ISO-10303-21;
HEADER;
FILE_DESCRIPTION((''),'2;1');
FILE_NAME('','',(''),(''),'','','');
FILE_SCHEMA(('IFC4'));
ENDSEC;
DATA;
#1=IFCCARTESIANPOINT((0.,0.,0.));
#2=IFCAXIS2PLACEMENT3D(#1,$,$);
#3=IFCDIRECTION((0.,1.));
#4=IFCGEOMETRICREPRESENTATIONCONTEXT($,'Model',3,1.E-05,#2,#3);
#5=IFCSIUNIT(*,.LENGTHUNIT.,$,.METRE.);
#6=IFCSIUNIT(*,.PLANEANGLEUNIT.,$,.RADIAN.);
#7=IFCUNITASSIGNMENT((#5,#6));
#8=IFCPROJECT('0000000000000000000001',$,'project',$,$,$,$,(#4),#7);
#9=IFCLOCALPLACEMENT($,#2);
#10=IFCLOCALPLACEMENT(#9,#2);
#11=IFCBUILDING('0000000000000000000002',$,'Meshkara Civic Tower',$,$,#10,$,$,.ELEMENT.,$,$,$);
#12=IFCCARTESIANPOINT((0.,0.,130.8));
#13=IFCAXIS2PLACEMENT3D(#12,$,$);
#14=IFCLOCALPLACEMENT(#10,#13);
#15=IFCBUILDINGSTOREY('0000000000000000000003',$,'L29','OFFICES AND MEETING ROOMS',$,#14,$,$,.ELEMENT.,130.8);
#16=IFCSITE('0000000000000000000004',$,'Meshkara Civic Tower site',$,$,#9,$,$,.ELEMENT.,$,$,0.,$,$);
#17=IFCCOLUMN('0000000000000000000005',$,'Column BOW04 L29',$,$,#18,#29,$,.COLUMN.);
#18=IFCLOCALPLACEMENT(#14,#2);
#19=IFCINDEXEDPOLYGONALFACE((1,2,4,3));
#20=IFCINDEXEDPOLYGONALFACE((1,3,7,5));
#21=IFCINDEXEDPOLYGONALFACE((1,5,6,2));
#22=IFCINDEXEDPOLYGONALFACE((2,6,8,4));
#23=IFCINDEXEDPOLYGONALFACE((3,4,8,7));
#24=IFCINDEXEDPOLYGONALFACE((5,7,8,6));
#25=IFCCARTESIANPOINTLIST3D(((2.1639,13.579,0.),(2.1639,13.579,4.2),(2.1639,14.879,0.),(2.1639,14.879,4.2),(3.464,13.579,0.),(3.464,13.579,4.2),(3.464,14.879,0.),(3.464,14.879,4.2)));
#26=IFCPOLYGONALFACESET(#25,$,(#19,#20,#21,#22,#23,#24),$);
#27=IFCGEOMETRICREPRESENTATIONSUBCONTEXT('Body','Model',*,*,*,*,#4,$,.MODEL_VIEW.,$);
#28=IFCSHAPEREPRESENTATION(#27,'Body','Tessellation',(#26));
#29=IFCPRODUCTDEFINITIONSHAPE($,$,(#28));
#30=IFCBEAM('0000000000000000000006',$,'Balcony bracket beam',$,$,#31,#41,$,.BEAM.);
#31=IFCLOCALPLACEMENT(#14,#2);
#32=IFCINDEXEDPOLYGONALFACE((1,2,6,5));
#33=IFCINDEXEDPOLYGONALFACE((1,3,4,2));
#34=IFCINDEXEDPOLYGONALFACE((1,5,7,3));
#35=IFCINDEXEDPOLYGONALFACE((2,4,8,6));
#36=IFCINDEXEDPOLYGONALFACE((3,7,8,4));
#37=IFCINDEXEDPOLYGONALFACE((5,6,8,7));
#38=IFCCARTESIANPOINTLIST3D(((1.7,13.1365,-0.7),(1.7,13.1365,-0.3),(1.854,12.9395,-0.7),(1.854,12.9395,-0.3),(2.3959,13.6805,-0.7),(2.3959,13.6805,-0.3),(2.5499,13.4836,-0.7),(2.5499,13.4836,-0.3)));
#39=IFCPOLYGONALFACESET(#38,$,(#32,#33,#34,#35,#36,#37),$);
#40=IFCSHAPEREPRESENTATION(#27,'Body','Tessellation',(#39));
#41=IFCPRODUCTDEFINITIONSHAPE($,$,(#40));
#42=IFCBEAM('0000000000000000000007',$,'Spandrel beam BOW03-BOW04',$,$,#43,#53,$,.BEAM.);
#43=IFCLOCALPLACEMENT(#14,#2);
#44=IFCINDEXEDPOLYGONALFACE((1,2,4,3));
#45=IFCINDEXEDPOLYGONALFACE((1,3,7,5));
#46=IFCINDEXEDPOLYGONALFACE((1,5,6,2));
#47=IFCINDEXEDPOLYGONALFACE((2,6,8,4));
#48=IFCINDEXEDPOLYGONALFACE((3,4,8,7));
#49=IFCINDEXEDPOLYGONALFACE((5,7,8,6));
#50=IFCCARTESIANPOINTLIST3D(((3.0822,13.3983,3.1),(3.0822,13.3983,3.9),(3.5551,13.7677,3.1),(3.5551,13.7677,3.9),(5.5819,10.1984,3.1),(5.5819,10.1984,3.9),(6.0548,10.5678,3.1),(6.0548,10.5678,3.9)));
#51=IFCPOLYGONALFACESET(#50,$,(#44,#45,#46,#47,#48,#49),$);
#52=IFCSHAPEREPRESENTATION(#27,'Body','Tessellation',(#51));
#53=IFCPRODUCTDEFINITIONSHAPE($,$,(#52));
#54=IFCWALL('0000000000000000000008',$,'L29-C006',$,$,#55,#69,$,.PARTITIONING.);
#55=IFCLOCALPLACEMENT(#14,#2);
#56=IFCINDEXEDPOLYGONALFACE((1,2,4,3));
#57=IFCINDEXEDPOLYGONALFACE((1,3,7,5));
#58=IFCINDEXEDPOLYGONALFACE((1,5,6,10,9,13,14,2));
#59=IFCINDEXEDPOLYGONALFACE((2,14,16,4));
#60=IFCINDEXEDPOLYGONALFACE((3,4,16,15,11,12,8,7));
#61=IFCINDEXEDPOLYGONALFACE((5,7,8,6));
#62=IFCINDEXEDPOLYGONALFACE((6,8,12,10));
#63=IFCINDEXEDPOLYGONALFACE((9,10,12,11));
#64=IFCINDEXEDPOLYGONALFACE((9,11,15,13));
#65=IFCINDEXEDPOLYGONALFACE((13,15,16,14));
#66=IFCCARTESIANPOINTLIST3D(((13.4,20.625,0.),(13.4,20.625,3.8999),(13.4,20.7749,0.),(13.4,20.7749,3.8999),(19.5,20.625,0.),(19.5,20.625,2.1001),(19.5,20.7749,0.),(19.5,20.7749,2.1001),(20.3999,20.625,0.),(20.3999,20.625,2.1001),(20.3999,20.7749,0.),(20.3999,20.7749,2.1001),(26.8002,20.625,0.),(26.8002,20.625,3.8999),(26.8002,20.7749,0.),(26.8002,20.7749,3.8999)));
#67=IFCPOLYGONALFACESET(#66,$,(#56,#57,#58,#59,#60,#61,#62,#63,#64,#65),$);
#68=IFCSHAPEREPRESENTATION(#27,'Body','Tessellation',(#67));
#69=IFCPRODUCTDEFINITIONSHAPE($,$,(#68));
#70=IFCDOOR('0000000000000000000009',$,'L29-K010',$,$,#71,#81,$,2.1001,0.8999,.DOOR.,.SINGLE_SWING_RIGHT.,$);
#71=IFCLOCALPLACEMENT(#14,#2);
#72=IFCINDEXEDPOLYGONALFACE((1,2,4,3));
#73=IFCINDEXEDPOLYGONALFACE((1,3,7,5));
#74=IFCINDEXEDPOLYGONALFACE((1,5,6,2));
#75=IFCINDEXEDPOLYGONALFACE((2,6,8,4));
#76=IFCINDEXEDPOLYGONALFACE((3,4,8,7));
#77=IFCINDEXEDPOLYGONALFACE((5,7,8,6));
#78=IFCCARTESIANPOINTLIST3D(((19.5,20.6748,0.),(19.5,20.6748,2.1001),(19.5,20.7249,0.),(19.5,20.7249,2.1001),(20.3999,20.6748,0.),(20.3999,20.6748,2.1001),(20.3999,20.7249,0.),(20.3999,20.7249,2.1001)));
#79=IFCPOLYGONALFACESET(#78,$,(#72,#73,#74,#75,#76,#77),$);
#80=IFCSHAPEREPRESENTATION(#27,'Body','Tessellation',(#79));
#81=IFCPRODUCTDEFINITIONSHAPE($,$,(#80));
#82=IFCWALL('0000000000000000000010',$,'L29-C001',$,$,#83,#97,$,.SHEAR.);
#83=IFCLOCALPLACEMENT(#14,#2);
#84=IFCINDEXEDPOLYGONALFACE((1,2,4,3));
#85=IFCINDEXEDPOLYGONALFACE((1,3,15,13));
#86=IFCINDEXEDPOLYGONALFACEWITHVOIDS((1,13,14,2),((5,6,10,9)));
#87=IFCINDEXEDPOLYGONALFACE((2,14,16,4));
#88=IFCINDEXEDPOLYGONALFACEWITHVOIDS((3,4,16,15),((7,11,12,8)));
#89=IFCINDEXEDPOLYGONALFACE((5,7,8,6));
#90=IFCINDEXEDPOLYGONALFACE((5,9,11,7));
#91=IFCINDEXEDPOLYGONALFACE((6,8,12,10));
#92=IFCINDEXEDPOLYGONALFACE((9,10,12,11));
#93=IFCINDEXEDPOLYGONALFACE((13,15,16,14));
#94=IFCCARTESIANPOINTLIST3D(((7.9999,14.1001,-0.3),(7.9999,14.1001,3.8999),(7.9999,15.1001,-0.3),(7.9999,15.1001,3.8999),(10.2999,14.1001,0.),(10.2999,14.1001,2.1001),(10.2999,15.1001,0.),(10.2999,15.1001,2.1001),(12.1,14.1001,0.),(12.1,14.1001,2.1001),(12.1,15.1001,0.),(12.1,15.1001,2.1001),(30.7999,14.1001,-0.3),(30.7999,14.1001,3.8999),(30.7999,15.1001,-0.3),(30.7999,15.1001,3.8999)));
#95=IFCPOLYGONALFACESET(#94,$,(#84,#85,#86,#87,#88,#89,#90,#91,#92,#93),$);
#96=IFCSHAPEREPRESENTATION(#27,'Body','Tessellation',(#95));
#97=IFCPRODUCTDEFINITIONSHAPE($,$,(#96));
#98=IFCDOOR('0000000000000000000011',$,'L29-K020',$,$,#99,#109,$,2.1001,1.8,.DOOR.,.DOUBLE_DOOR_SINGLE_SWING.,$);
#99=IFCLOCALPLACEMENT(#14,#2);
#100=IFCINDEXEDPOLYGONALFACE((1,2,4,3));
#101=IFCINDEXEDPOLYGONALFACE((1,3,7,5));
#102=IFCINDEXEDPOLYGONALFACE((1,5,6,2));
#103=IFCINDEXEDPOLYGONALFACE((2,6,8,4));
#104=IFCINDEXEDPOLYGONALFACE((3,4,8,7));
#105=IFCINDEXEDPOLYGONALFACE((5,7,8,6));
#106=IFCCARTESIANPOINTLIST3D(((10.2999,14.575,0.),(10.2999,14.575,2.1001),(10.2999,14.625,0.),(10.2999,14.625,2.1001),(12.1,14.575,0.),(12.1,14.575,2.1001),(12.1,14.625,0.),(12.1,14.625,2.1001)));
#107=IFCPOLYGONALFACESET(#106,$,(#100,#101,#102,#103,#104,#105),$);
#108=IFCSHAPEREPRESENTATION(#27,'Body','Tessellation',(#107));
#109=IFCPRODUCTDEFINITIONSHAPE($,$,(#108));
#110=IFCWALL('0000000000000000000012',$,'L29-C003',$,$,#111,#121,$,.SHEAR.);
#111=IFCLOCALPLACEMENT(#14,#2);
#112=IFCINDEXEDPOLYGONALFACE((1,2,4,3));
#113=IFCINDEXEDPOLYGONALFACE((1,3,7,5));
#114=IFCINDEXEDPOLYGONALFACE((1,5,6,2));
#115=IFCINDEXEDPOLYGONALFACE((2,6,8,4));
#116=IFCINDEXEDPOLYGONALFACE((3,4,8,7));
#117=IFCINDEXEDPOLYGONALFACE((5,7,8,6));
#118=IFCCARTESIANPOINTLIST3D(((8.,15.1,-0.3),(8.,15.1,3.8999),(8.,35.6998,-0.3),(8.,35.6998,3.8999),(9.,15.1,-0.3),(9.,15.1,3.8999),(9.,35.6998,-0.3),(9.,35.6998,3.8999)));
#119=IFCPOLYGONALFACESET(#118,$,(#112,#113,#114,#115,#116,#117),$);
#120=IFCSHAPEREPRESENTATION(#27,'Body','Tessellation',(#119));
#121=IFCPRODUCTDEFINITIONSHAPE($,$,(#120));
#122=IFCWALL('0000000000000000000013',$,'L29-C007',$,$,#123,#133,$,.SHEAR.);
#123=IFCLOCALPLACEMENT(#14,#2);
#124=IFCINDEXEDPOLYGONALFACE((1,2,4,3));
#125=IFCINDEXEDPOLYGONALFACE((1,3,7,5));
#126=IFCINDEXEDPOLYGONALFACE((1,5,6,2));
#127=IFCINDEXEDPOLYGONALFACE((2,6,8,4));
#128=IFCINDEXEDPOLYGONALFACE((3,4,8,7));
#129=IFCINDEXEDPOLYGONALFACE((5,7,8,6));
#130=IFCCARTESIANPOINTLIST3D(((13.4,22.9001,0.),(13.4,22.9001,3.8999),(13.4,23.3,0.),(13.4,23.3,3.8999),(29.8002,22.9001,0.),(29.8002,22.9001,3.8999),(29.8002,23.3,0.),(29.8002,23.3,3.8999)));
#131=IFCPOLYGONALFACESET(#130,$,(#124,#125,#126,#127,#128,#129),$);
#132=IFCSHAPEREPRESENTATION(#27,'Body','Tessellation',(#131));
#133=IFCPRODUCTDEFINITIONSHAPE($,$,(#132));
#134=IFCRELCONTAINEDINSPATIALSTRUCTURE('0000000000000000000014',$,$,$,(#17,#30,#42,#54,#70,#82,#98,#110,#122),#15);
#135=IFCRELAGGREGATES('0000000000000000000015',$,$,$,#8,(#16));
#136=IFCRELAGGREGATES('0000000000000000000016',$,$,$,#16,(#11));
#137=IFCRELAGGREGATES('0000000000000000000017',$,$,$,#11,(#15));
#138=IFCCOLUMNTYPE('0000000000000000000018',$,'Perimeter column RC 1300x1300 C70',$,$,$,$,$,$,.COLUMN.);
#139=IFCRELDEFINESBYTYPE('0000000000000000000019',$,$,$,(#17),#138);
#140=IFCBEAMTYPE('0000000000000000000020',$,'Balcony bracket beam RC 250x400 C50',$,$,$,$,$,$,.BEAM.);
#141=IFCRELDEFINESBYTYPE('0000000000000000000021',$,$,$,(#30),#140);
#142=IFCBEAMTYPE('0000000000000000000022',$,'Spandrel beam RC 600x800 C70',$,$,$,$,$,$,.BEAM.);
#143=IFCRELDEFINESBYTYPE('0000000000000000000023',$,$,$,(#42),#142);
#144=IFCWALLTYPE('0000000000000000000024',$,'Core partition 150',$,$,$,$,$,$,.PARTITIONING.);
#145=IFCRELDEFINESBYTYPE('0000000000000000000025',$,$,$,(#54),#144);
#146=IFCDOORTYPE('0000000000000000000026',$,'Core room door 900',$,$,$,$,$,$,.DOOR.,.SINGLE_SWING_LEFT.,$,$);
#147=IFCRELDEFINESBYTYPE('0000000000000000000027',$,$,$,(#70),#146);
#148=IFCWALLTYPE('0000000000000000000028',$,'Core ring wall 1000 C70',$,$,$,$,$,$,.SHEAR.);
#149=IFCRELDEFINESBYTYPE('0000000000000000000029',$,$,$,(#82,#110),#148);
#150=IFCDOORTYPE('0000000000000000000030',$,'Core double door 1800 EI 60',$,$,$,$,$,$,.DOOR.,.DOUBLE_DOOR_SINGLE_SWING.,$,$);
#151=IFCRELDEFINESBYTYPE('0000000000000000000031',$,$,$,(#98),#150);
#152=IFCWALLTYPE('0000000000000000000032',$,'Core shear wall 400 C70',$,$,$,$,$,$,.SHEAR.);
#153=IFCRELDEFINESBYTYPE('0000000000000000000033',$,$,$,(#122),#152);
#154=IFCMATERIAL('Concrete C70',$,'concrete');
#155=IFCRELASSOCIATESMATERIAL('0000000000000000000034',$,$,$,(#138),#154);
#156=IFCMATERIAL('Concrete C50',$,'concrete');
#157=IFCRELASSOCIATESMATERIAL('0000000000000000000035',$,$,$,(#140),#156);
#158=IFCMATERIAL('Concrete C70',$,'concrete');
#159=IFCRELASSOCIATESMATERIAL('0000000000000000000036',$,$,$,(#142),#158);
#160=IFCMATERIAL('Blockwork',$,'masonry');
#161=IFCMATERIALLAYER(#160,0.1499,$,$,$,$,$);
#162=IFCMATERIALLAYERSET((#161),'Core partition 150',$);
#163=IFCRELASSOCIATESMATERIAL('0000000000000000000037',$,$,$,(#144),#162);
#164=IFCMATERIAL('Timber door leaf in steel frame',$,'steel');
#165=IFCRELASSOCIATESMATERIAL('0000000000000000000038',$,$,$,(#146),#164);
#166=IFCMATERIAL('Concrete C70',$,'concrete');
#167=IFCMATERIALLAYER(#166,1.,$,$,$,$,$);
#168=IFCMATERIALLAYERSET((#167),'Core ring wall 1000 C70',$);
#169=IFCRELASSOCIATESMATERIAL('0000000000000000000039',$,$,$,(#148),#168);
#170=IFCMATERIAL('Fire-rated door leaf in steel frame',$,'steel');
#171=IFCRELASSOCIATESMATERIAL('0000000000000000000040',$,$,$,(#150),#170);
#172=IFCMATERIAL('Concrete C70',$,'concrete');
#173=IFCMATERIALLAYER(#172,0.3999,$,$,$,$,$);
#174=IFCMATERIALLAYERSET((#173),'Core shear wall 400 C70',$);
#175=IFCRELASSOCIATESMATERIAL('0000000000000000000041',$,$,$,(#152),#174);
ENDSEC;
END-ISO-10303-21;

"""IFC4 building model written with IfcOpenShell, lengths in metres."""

from ifc_helpers import new_model, si_unit, direction, frame, frame_2d, origin, origin_2d, place, context, subcontext, project, spatial, rectangle, extrude, material, layer, layer_set, material_profile, profile_set, type_object, element, fill, save


model = new_model("IFC4")

# Units and contexts
model_context = context("Model", 3, precision=1e-05, world=origin(), true_north=direction((0.0, 1.0)))
body_context = subcontext(model_context, "Body", "Model", "MODEL_VIEW")
ifc_project = project(units=[si_unit("LENGTHUNIT", "METRE"), si_unit("PLANEANGLEUNIT", "RADIAN")], contexts=[model_context])

# Site, building, storey
site_placement = place(None, origin())
site = spatial("IfcSite", under=ifc_project, at=site_placement, Name="Meshkara Civic Tower site", CompositionType="ELEMENT", RefElevation=0.0)
building_placement = place(site_placement, origin())
building = spatial("IfcBuilding", under=site, at=building_placement, Name="Meshkara Civic Tower", CompositionType="ELEMENT")
storey_placement = place(building_placement, frame((0.0, 0.0, 130.8)))
storey = spatial("IfcBuildingStorey", under=building, at=storey_placement, Name="L29", Description="OFFICES AND MEETING ROOMS", CompositionType="ELEMENT", Elevation=130.8)

# Column
ifc_material_1 = material(Name="Concrete C70", Category="concrete")
ifc_material_profile_1 = material_profile(ifc_material_1, rectangle(XDim=1.3, YDim=1.3, at=origin_2d()))
ifc_profile_set_1 = profile_set([ifc_material_profile_1], Name="Concrete C70")
column_type = type_object("IfcColumnType", Name="Perimeter column RC 1300x1300 C70", PredefinedType="COLUMN", material=ifc_profile_set_1)
column_placement = place(storey_placement, frame((2.814, 14.229, 0.0), z_axis=(0.0, 0.0, 1.0), x_axis=(1.0, 0.0, 0.0)))
element("IfcColumn", 1, at=column_placement, inside=storey, type_object=column_type, Name="Column BOW04 L29", PredefinedType="COLUMN", context=body_context, shape_type="SweptSolid", body=[
    extrude(rectangle(XDim=1.3, YDim=1.3, at=origin_2d()), origin(), (0.0, 0.0, 1.0), 4.2),
])

# Beams
ifc_material_2 = material(Name="Concrete C50", Category="concrete")
ifc_material_profile_2 = material_profile(ifc_material_2, rectangle(XDim=0.25, YDim=0.3999, at=origin_2d()))
ifc_profile_set_2 = profile_set([ifc_material_profile_2], Name="Concrete C50")
beam_type_1 = type_object("IfcBeamType", Name="Balcony bracket beam RC 250x400 C50", PredefinedType="BEAM", material=ifc_profile_set_2)
beam_1_placement = place(storey_placement, frame((2.4729, 13.582, -0.5), z_axis=(-0.787832, -0.615891, 0.0), x_axis=(0.615891, -0.787832, 0.0)))
element("IfcBeam", 2, at=beam_1_placement, inside=storey, type_object=beam_type_1, Name="Balcony bracket beam", PredefinedType="BEAM", context=body_context, shape_type="SweptSolid", body=[
    extrude(rectangle(XDim=0.25, YDim=0.3999, at=origin_2d()), origin(), (0.0, 0.0, 1.0), 0.8833),
])
ifc_material_3 = material(Name="Concrete C70", Category="concrete")
ifc_material_profile_3 = material_profile(ifc_material_3, rectangle(XDim=0.6001, YDim=0.8, at=origin_2d()))
ifc_profile_set_3 = profile_set([ifc_material_profile_3], Name="Concrete C70")
beam_type_2 = type_object("IfcBeamType", Name="Spandrel beam RC 600x800 C70", PredefinedType="BEAM", material=ifc_profile_set_3)
beam_2_placement = place(storey_placement, frame((3.3186, 13.583, 3.5), z_axis=(0.615613, -0.788049, 0.0), x_axis=(0.788049, 0.615613, 0.0)))
element("IfcBeam", 3, at=beam_2_placement, inside=storey, type_object=beam_type_2, Name="Spandrel beam BOW03-BOW04", PredefinedType="BEAM", context=body_context, shape_type="SweptSolid", body=[
    extrude(rectangle(XDim=0.6001, YDim=0.8, at=origin_2d()), origin(), (0.0, 0.0, 1.0), 4.0605),
])

# Walls, openings, doors
ifc_material_4 = material(Name="Blockwork", Category="masonry")
ifc_layer_1 = layer(ifc_material_4, 0.1499)
ifc_layer_set_1 = layer_set([ifc_layer_1], Name="Core partition 150")
wall_type_1 = type_object("IfcWallType", Name="Core partition 150", PredefinedType="PARTITIONING", material=ifc_layer_set_1)
wall_1_placement = place(storey_placement, frame((13.3999, 20.7, 0.0), z_axis=(0.0, 0.0, 1.0), x_axis=(1.0, 0.0, 0.0)))
wall_1 = element("IfcWall", 4, at=wall_1_placement, inside=storey, type_object=wall_type_1, Name="L29-C006", PredefinedType="PARTITIONING", context=body_context, shape_type="SweptSolid", body=[
    extrude(rectangle(XDim=13.4001, YDim=0.1499, at=frame_2d((6.7002, 0.0))), origin(), (0.0, 0.0, 1.0), 3.8999),
])
opening_1_placement = place(wall_1_placement, frame((6.1001, 0.0, 0.0)))
opening_1 = element("IfcOpeningElement", 5, at=opening_1_placement, cuts=wall_1, PredefinedType="OPENING", context=body_context, shape_type="SweptSolid", body=[
    extrude(rectangle(XDim=0.8999, YDim=2.1001, at=frame_2d((0.45, 1.05))), frame((0.0, 0.085, 0.0), z_axis=(0.0, -1.0, 0.0), x_axis=(1.0, 0.0, 0.0)), (0.0, 0.0, 1.0), 0.1699),
])
ifc_material_5 = material(Name="Timber door leaf in steel frame", Category="steel")
door_type_1 = type_object("IfcDoorType", Name="Core room door 900", OperationType="SINGLE_SWING_LEFT", PredefinedType="DOOR", material=ifc_material_5)
door_1_placement = place(opening_1_placement, origin())
door_1 = element("IfcDoor", 6, at=door_1_placement, inside=storey, type_object=door_type_1, Name="L29-K010", OperationType="SINGLE_SWING_RIGHT", OverallHeight=2.1001, OverallWidth=0.8999, PredefinedType="DOOR", context=body_context, shape_type="SweptSolid", body=[
    extrude(rectangle(XDim=0.8999, YDim=2.1001, at=frame_2d((0.45, 1.05))), frame((0.0, 0.0249, 0.0), z_axis=(0.0, -1.0, 0.0), x_axis=(1.0, 0.0, 0.0)), (0.0, 0.0, 1.0), 0.05),
])
fill(opening_1, door_1)
ifc_material_6 = material(Name="Concrete C70", Category="concrete")
ifc_layer_2 = layer(ifc_material_6, 1.0)
ifc_layer_set_2 = layer_set([ifc_layer_2], Name="Core ring wall 1000 C70")
wall_type_2 = type_object("IfcWallType", Name="Core ring wall 1000 C70", PredefinedType="SHEAR", material=ifc_layer_set_2)
wall_2_placement = place(storey_placement, frame((8.0, 14.6001, -0.3), z_axis=(0.0, 0.0, 1.0), x_axis=(1.0, 0.0, 0.0)))
wall_2 = element("IfcWall", 7, at=wall_2_placement, inside=storey, type_object=wall_type_2, Name="L29-C001", PredefinedType="SHEAR", context=body_context, shape_type="SweptSolid", body=[
    extrude(rectangle(XDim=22.8, YDim=1.0, at=frame_2d((11.3999, 0.0))), origin(), (0.0, 0.0, 1.0), 4.2),
])
opening_2_placement = place(wall_2_placement, frame((2.3, 0.0, 0.3)))
opening_2 = element("IfcOpeningElement", 8, at=opening_2_placement, cuts=wall_2, PredefinedType="OPENING", context=body_context, shape_type="SweptSolid", body=[
    extrude(rectangle(XDim=1.8, YDim=2.1001, at=frame_2d((0.8999, 1.05))), frame((0.0, 0.51, 0.0), z_axis=(0.0, -1.0, 0.0), x_axis=(1.0, 0.0, 0.0)), (0.0, 0.0, 1.0), 1.02),
])
ifc_material_7 = material(Name="Fire-rated door leaf in steel frame", Category="steel")
door_type_2 = type_object("IfcDoorType", Name="Core double door 1800 EI 60", OperationType="DOUBLE_DOOR_SINGLE_SWING", PredefinedType="DOOR", material=ifc_material_7)
door_2_placement = place(opening_2_placement, origin())
door_2 = element("IfcDoor", 9, at=door_2_placement, inside=storey, type_object=door_type_2, Name="L29-K020", OperationType="DOUBLE_DOOR_SINGLE_SWING", OverallHeight=2.1001, OverallWidth=1.8, PredefinedType="DOOR", context=body_context, shape_type="SweptSolid", body=[
    extrude(rectangle(XDim=1.8, YDim=2.1001, at=frame_2d((0.8999, 1.05))), frame((0.0, 0.0249, 0.0), z_axis=(0.0, -1.0, 0.0), x_axis=(1.0, 0.0, 0.0)), (0.0, 0.0, 1.0), 0.05),
])
fill(opening_2, door_2)

# Walls
wall_3_placement = place(storey_placement, frame((8.5, 15.1001, -0.3), z_axis=(0.0, 0.0, 1.0), x_axis=(0.0, 1.0, 0.0)))
element("IfcWall", 10, at=wall_3_placement, inside=storey, type_object=wall_type_2, Name="L29-C003", PredefinedType="SHEAR", context=body_context, shape_type="SweptSolid", body=[
    extrude(rectangle(XDim=20.5999, YDim=1.0, at=frame_2d((10.2998, 0.0))), origin(), (0.0, 0.0, 1.0), 4.2),
])
ifc_material_8 = material(Name="Concrete C70", Category="concrete")
ifc_layer_3 = layer(ifc_material_8, 0.3999)
ifc_layer_set_3 = layer_set([ifc_layer_3], Name="Core shear wall 400 C70")
wall_type_3 = type_object("IfcWallType", Name="Core shear wall 400 C70", PredefinedType="SHEAR", material=ifc_layer_set_3)
wall_4_placement = place(storey_placement, frame((13.3999, 23.1001, 0.0), z_axis=(0.0, 0.0, 1.0), x_axis=(1.0, 0.0, 0.0)))
element("IfcWall", 11, at=wall_4_placement, inside=storey, type_object=wall_type_3, Name="L29-C007", PredefinedType="SHEAR", context=body_context, shape_type="SweptSolid", body=[
    extrude(rectangle(XDim=16.4001, YDim=0.3999, at=frame_2d((8.2002, 0.0))), origin(), (0.0, 0.0, 1.0), 3.8999),
])

save(model, "model.ifc")
